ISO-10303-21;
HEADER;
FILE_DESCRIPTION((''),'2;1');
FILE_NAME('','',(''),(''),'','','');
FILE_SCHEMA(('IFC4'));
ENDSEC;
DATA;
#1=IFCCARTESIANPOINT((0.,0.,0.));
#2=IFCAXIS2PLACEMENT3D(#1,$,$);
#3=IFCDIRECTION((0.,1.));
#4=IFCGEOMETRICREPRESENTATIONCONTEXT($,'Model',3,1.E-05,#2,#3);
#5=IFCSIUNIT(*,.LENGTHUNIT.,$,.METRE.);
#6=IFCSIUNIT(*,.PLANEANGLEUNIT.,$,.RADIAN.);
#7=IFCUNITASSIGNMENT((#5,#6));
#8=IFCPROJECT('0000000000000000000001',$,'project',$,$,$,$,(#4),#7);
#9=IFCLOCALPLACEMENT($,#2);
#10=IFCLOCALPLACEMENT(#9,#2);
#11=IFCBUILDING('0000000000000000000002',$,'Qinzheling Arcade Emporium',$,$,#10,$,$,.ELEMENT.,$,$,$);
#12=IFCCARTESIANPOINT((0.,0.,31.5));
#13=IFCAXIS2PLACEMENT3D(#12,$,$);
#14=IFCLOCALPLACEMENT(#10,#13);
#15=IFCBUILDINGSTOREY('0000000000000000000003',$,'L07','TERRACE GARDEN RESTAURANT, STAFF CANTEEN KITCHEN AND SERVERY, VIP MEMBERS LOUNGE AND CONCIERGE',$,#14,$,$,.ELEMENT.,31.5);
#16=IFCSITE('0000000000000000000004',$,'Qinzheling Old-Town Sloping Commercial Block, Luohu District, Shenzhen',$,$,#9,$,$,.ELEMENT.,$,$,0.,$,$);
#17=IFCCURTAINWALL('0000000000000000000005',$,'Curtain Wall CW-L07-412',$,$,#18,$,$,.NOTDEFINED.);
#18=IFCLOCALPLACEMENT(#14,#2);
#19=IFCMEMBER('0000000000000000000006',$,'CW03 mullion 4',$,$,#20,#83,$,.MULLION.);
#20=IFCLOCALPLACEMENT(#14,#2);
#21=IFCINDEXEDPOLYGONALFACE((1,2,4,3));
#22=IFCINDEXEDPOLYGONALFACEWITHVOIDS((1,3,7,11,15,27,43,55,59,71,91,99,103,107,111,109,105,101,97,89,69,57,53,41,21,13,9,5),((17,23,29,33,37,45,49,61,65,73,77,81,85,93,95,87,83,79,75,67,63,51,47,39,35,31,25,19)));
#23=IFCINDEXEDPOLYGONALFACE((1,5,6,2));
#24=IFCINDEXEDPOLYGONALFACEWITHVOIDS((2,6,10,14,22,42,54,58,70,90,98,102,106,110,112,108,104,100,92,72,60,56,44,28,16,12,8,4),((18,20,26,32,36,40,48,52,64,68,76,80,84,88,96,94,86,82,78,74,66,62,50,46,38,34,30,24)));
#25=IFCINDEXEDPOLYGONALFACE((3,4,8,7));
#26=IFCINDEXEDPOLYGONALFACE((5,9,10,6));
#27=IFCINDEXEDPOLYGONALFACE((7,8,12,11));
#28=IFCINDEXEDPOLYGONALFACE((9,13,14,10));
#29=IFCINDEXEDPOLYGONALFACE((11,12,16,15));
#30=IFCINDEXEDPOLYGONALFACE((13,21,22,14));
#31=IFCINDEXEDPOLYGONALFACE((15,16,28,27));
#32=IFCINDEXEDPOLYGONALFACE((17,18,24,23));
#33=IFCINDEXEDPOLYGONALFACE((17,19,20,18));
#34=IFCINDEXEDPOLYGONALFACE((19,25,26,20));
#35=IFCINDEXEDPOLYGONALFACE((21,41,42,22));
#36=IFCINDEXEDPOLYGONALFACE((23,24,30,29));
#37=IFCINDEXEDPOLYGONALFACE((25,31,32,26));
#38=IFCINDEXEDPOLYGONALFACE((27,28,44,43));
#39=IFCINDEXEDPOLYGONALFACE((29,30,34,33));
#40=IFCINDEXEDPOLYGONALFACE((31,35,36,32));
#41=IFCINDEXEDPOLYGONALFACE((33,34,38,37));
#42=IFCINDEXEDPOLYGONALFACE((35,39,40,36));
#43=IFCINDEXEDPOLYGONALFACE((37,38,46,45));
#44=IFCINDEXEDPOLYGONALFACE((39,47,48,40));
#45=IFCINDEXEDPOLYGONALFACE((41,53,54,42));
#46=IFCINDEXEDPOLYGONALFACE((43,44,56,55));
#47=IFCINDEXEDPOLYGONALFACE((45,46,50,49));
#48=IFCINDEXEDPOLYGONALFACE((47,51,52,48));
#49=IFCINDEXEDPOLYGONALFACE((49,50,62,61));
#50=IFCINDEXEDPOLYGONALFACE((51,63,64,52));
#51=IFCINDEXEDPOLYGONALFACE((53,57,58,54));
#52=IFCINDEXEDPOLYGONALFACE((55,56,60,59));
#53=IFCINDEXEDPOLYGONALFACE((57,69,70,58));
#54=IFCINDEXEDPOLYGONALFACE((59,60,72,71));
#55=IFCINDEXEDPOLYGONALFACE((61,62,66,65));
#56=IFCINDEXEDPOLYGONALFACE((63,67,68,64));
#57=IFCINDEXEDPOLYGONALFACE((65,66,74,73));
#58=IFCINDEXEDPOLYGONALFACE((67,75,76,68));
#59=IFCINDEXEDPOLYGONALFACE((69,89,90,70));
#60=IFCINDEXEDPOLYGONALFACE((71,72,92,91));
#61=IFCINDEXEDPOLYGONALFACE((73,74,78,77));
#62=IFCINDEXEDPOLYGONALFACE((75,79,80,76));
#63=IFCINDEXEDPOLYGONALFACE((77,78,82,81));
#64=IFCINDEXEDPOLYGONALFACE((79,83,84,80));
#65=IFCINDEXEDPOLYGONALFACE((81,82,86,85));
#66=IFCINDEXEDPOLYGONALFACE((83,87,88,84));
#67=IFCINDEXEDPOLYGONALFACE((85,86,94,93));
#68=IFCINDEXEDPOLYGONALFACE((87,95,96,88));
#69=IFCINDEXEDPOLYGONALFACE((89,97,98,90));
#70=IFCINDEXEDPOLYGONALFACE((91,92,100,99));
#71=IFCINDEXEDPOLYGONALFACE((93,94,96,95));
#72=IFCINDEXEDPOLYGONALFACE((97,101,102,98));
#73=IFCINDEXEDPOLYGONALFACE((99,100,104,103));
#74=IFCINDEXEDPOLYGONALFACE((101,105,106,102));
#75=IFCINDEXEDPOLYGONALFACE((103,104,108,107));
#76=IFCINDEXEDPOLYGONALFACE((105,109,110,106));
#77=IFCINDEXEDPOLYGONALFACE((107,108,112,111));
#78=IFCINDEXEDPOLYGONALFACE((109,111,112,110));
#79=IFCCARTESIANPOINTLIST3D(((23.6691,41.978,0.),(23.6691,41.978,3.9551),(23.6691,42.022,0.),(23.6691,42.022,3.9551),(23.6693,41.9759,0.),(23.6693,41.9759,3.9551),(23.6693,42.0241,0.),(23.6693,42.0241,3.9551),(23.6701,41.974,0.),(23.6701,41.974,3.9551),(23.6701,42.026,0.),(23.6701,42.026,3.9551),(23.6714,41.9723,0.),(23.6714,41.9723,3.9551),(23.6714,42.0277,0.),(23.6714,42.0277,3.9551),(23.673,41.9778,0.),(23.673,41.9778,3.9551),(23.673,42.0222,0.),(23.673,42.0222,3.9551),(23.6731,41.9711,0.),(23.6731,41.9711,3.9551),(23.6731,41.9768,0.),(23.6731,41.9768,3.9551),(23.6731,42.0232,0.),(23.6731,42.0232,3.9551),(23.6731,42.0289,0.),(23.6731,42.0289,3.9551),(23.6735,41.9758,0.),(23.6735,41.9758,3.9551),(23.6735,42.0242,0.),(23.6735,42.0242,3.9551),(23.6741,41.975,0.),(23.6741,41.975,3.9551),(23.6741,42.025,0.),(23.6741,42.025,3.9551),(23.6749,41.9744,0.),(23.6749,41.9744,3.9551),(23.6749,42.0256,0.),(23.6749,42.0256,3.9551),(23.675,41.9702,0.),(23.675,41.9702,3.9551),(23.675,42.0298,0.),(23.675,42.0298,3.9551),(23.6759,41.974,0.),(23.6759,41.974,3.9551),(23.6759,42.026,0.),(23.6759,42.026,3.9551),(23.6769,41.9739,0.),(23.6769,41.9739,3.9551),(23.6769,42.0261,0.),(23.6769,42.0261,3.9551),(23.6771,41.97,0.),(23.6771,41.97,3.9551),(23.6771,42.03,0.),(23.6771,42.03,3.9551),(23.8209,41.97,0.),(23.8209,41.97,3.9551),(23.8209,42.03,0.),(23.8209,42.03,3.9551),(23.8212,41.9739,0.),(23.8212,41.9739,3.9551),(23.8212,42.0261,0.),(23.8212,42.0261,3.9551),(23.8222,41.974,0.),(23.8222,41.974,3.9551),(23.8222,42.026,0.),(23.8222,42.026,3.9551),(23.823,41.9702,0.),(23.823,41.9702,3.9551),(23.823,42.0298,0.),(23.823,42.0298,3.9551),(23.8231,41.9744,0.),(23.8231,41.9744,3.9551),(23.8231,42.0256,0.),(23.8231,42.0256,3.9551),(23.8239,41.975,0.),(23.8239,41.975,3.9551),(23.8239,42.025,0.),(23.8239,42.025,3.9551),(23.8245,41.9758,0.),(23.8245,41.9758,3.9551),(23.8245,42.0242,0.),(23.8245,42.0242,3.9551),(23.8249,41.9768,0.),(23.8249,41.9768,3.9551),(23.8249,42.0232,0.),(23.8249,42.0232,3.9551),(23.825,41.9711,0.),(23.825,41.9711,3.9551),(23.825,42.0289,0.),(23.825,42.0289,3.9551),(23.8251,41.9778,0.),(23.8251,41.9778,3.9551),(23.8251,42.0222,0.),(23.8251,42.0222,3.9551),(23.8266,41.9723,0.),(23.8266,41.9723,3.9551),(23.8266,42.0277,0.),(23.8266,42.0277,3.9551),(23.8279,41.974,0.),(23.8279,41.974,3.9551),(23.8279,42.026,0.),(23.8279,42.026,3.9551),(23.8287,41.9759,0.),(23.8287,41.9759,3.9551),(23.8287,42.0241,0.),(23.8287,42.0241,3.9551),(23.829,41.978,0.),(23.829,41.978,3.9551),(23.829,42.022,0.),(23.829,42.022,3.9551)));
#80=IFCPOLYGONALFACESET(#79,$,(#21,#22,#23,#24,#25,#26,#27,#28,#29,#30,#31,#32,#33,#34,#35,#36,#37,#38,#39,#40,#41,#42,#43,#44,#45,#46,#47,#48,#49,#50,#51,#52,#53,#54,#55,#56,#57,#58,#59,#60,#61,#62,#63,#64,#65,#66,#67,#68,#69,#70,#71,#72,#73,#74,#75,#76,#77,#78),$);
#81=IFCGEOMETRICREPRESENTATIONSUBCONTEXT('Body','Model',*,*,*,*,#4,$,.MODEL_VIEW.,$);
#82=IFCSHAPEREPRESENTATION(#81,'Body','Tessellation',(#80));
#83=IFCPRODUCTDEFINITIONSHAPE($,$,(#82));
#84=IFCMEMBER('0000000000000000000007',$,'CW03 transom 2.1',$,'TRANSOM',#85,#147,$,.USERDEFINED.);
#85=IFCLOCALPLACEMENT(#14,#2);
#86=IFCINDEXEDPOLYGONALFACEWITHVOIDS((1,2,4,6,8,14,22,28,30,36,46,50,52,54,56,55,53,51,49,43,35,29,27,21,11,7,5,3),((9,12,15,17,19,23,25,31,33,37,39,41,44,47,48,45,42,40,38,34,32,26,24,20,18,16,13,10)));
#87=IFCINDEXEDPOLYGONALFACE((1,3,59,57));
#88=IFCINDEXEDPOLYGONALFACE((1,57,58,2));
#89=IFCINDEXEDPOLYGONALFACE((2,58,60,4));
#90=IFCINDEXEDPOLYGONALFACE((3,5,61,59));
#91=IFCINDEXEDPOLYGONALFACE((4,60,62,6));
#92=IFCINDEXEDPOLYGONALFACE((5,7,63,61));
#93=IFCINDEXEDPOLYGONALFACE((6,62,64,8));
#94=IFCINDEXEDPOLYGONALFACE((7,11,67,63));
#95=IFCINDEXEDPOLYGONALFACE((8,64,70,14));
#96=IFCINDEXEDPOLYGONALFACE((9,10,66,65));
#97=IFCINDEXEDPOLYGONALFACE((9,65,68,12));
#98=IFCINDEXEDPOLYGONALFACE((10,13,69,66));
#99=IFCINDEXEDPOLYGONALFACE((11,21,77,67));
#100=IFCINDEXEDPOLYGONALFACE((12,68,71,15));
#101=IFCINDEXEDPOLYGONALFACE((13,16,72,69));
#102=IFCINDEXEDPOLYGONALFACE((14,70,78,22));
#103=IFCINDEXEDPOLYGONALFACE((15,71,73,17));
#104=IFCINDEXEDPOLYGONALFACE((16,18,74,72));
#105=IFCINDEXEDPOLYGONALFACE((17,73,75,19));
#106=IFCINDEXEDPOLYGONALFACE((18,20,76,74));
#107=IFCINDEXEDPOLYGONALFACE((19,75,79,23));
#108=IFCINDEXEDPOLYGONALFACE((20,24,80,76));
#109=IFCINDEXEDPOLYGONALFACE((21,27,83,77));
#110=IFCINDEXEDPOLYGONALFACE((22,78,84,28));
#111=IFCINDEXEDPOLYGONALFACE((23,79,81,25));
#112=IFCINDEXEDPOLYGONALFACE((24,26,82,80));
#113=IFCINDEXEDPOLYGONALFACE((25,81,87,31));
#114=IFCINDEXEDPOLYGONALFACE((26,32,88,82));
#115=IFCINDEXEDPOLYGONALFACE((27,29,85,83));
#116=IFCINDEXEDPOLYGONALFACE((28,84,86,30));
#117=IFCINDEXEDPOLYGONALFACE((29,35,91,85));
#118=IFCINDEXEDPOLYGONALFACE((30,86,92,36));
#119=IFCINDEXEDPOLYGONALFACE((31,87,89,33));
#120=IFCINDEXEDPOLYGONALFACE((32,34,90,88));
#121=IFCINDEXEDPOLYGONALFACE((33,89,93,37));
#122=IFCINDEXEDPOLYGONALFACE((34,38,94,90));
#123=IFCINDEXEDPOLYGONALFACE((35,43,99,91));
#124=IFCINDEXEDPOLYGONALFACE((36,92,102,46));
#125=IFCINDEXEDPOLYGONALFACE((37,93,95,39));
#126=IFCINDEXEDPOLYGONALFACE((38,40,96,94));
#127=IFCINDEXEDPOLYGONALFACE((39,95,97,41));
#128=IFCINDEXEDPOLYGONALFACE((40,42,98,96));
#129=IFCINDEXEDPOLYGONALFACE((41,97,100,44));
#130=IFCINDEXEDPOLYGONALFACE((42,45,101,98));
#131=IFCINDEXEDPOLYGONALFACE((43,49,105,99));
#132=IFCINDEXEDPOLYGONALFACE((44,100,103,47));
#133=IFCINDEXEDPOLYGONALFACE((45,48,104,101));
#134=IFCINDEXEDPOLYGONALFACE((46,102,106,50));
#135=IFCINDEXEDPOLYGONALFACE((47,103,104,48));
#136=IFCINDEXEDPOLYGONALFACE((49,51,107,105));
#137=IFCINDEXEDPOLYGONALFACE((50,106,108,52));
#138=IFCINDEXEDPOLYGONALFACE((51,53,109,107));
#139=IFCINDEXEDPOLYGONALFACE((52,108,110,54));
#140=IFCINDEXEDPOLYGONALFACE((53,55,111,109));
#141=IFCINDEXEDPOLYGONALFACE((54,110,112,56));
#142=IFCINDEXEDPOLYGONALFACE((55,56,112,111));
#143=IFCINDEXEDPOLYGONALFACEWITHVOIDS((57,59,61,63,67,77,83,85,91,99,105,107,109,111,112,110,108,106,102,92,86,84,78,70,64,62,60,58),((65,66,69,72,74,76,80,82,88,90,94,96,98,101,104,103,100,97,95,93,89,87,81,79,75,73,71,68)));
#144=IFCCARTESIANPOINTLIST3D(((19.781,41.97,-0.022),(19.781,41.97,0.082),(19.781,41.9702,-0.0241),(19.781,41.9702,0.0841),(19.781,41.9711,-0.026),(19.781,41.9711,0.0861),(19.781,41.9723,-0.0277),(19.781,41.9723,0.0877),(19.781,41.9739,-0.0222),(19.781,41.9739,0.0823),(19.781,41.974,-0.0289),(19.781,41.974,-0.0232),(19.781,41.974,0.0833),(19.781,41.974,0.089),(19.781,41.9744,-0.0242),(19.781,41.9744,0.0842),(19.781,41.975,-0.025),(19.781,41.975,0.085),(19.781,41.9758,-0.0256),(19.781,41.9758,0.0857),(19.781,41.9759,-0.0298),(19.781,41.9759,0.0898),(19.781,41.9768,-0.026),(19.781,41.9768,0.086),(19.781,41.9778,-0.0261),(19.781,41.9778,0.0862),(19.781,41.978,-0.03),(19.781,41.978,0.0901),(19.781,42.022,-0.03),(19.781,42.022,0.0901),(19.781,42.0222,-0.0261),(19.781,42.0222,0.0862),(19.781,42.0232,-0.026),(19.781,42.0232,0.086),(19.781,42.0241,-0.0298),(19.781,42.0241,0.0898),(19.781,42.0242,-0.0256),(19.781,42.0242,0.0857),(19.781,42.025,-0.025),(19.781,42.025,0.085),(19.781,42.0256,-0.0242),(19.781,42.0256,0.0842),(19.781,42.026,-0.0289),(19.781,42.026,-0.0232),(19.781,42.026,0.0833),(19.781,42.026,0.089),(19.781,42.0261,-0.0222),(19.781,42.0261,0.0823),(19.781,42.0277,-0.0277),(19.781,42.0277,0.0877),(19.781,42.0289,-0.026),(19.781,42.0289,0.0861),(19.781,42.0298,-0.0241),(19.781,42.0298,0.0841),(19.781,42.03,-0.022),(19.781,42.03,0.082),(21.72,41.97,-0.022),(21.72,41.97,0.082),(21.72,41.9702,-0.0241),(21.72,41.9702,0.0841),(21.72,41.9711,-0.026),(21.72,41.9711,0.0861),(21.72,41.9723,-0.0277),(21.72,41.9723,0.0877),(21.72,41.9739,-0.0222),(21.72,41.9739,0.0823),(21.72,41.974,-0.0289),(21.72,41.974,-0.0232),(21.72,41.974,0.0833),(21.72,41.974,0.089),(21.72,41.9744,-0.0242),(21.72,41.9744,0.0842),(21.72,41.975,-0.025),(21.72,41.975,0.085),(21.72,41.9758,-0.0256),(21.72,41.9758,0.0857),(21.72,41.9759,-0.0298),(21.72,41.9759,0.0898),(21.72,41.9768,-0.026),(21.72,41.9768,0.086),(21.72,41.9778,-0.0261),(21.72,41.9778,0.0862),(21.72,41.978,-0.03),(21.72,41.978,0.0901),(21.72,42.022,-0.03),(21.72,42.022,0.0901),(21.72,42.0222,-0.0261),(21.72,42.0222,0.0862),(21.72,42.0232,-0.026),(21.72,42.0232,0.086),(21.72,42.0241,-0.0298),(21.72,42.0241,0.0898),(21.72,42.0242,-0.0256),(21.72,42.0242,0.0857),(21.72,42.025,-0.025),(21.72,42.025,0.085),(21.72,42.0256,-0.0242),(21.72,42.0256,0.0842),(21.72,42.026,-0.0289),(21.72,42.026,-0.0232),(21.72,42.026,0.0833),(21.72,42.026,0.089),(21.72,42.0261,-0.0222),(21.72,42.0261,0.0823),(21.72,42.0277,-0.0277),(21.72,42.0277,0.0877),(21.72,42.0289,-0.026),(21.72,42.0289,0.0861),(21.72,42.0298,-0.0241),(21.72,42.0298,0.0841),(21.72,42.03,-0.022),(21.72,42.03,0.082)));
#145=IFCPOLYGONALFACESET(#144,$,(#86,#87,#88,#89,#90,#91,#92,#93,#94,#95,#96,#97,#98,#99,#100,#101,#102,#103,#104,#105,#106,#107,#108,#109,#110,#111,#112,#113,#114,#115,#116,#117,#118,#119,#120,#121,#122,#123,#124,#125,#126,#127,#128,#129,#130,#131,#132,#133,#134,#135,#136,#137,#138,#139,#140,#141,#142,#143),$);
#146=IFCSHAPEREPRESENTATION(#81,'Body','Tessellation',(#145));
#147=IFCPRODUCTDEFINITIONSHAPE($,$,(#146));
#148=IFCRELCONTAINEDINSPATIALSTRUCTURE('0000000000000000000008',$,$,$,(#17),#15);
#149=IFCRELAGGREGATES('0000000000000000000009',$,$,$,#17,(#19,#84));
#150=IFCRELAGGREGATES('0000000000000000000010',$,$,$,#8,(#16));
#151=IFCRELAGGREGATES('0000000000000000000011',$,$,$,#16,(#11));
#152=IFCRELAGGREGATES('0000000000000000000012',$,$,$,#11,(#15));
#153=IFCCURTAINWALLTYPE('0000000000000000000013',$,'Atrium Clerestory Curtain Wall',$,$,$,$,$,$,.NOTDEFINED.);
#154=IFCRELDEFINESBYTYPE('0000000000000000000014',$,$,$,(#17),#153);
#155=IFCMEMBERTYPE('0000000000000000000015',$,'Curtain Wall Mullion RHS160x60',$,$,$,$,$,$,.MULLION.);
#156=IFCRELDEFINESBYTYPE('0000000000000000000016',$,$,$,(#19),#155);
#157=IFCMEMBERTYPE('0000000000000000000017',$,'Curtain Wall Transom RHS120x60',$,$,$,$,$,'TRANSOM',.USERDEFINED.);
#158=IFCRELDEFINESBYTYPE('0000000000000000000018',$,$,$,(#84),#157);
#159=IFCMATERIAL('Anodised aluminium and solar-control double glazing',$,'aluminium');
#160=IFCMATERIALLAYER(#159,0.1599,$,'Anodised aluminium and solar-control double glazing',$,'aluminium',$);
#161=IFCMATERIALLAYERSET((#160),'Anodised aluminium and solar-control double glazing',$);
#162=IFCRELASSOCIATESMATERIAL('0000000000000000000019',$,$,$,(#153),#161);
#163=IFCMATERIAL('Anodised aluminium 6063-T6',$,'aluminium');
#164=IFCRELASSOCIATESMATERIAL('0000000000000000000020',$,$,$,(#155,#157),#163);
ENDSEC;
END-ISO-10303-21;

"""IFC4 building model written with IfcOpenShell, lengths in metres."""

from ifc_helpers import new_model, si_unit, direction, frame, origin, origin_2d, place, context, subcontext, project, spatial, hollow_rectangle, extrude, material, layer, layer_set, material_profile, profile_set, type_object, element, aggregate, save


model = new_model("IFC4")

# Units and contexts
model_context = context("Model", 3, precision=1e-05, world=origin(), true_north=direction((0.0, 1.0)))
body_context = subcontext(model_context, "Body", "Model", "MODEL_VIEW")
ifc_project = project(units=[si_unit("LENGTHUNIT", "METRE"), si_unit("PLANEANGLEUNIT", "RADIAN")], contexts=[model_context])

# Site, building, storey
site_placement = place(None, origin())
site = spatial("IfcSite", under=ifc_project, at=site_placement, Name="Qinzheling Old-Town Sloping Commercial Block, Luohu District, Shenzhen", CompositionType="ELEMENT", RefElevation=0.0)
building_placement = place(site_placement, origin())
building = spatial("IfcBuilding", under=site, at=building_placement, Name="Qinzheling Arcade Emporium", CompositionType="ELEMENT")
storey_placement = place(building_placement, frame((0.0, 0.0, 31.5)))
storey = spatial("IfcBuildingStorey", under=building, at=storey_placement, Name="L07", Description="TERRACE GARDEN RESTAURANT, STAFF CANTEEN KITCHEN AND SERVERY, VIP MEMBERS LOUNGE AND CONCIERGE", CompositionType="ELEMENT", Elevation=31.5)

# Curtain wall, members
ifc_material_1 = material(Name="Anodised aluminium and solar-control double glazing", Category="aluminium")
ifc_layer_1 = layer(ifc_material_1, 0.1599, Name="Anodised aluminium and solar-control double glazing", Category="aluminium")
ifc_layer_set_1 = layer_set([ifc_layer_1], Name="Anodised aluminium and solar-control double glazing")
curtain_wall_type = type_object("IfcCurtainWallType", Name="Atrium Clerestory Curtain Wall", PredefinedType="NOTDEFINED", material=ifc_layer_set_1)
curtain_wall_placement = place(storey_placement, origin())
curtain_wall = element("IfcCurtainWall", 1, at=curtain_wall_placement, inside=storey, type_object=curtain_wall_type, Name="Curtain Wall CW-L07-412", PredefinedType="NOTDEFINED")
ifc_material_2 = material(Name="Anodised aluminium 6063-T6", Category="aluminium")
ifc_material_profile_1 = material_profile(ifc_material_2, hollow_rectangle(XDim=0.0601, YDim=0.1599, WallThickness=0.0039, InnerFilletRadius=0.0039, OuterFilletRadius=0.0081, at=origin_2d()), Name="RHS 160x60x4", Category="aluminium")
ifc_profile_set_1 = profile_set([ifc_material_profile_1], Name="Anodised aluminium 6063-T6")
member_type_1 = type_object("IfcMemberType", Name="Curtain Wall Mullion RHS160x60", PredefinedType="MULLION", material=ifc_profile_set_1)
member_1_placement = place(storey_placement, frame((23.749, 42.0, 0.0), z_axis=(0.0, 0.0, 1.0), x_axis=(0.0, 1.0, 0.0)))
member_1 = element("IfcMember", 2, at=member_1_placement, type_object=member_type_1, Name="CW03 mullion 4", PredefinedType="MULLION", context=body_context, shape_type="SweptSolid", body=[
    extrude(hollow_rectangle(XDim=0.0601, YDim=0.1599, WallThickness=0.0039, InnerFilletRadius=0.0039, OuterFilletRadius=0.0081, at=origin_2d()), origin(), (0.0, 0.0, 1.0), 3.9551),
])
ifc_material_profile_2 = material_profile(ifc_material_2, hollow_rectangle(XDim=0.0601, YDim=0.1201, WallThickness=0.0039, InnerFilletRadius=0.0039, OuterFilletRadius=0.0081, at=origin_2d()), Name="RHS 120x60x4", Category="aluminium")
ifc_profile_set_2 = profile_set([ifc_material_profile_2], Name="Anodised aluminium 6063-T6")
member_type_2 = type_object("IfcMemberType", Name="Curtain Wall Transom RHS120x60", ElementType="TRANSOM", PredefinedType="USERDEFINED", material=ifc_profile_set_2)
member_2_placement = place(storey_placement, frame((19.781, 42.0, 0.03), z_axis=(1.0, 0.0, 0.0), x_axis=(0.0, 1.0, 0.0)))
member_2 = element("IfcMember", 3, at=member_2_placement, type_object=member_type_2, Name="CW03 transom 2.1", ObjectType="TRANSOM", PredefinedType="USERDEFINED", context=body_context, shape_type="SweptSolid", body=[
    extrude(hollow_rectangle(XDim=0.0601, YDim=0.1201, WallThickness=0.0039, InnerFilletRadius=0.0039, OuterFilletRadius=0.0081, at=origin_2d()), origin(), (0.0, 0.0, 1.0), 1.939),
])
aggregate(curtain_wall, [member_1, member_2])

save(model, "model.ifc")
